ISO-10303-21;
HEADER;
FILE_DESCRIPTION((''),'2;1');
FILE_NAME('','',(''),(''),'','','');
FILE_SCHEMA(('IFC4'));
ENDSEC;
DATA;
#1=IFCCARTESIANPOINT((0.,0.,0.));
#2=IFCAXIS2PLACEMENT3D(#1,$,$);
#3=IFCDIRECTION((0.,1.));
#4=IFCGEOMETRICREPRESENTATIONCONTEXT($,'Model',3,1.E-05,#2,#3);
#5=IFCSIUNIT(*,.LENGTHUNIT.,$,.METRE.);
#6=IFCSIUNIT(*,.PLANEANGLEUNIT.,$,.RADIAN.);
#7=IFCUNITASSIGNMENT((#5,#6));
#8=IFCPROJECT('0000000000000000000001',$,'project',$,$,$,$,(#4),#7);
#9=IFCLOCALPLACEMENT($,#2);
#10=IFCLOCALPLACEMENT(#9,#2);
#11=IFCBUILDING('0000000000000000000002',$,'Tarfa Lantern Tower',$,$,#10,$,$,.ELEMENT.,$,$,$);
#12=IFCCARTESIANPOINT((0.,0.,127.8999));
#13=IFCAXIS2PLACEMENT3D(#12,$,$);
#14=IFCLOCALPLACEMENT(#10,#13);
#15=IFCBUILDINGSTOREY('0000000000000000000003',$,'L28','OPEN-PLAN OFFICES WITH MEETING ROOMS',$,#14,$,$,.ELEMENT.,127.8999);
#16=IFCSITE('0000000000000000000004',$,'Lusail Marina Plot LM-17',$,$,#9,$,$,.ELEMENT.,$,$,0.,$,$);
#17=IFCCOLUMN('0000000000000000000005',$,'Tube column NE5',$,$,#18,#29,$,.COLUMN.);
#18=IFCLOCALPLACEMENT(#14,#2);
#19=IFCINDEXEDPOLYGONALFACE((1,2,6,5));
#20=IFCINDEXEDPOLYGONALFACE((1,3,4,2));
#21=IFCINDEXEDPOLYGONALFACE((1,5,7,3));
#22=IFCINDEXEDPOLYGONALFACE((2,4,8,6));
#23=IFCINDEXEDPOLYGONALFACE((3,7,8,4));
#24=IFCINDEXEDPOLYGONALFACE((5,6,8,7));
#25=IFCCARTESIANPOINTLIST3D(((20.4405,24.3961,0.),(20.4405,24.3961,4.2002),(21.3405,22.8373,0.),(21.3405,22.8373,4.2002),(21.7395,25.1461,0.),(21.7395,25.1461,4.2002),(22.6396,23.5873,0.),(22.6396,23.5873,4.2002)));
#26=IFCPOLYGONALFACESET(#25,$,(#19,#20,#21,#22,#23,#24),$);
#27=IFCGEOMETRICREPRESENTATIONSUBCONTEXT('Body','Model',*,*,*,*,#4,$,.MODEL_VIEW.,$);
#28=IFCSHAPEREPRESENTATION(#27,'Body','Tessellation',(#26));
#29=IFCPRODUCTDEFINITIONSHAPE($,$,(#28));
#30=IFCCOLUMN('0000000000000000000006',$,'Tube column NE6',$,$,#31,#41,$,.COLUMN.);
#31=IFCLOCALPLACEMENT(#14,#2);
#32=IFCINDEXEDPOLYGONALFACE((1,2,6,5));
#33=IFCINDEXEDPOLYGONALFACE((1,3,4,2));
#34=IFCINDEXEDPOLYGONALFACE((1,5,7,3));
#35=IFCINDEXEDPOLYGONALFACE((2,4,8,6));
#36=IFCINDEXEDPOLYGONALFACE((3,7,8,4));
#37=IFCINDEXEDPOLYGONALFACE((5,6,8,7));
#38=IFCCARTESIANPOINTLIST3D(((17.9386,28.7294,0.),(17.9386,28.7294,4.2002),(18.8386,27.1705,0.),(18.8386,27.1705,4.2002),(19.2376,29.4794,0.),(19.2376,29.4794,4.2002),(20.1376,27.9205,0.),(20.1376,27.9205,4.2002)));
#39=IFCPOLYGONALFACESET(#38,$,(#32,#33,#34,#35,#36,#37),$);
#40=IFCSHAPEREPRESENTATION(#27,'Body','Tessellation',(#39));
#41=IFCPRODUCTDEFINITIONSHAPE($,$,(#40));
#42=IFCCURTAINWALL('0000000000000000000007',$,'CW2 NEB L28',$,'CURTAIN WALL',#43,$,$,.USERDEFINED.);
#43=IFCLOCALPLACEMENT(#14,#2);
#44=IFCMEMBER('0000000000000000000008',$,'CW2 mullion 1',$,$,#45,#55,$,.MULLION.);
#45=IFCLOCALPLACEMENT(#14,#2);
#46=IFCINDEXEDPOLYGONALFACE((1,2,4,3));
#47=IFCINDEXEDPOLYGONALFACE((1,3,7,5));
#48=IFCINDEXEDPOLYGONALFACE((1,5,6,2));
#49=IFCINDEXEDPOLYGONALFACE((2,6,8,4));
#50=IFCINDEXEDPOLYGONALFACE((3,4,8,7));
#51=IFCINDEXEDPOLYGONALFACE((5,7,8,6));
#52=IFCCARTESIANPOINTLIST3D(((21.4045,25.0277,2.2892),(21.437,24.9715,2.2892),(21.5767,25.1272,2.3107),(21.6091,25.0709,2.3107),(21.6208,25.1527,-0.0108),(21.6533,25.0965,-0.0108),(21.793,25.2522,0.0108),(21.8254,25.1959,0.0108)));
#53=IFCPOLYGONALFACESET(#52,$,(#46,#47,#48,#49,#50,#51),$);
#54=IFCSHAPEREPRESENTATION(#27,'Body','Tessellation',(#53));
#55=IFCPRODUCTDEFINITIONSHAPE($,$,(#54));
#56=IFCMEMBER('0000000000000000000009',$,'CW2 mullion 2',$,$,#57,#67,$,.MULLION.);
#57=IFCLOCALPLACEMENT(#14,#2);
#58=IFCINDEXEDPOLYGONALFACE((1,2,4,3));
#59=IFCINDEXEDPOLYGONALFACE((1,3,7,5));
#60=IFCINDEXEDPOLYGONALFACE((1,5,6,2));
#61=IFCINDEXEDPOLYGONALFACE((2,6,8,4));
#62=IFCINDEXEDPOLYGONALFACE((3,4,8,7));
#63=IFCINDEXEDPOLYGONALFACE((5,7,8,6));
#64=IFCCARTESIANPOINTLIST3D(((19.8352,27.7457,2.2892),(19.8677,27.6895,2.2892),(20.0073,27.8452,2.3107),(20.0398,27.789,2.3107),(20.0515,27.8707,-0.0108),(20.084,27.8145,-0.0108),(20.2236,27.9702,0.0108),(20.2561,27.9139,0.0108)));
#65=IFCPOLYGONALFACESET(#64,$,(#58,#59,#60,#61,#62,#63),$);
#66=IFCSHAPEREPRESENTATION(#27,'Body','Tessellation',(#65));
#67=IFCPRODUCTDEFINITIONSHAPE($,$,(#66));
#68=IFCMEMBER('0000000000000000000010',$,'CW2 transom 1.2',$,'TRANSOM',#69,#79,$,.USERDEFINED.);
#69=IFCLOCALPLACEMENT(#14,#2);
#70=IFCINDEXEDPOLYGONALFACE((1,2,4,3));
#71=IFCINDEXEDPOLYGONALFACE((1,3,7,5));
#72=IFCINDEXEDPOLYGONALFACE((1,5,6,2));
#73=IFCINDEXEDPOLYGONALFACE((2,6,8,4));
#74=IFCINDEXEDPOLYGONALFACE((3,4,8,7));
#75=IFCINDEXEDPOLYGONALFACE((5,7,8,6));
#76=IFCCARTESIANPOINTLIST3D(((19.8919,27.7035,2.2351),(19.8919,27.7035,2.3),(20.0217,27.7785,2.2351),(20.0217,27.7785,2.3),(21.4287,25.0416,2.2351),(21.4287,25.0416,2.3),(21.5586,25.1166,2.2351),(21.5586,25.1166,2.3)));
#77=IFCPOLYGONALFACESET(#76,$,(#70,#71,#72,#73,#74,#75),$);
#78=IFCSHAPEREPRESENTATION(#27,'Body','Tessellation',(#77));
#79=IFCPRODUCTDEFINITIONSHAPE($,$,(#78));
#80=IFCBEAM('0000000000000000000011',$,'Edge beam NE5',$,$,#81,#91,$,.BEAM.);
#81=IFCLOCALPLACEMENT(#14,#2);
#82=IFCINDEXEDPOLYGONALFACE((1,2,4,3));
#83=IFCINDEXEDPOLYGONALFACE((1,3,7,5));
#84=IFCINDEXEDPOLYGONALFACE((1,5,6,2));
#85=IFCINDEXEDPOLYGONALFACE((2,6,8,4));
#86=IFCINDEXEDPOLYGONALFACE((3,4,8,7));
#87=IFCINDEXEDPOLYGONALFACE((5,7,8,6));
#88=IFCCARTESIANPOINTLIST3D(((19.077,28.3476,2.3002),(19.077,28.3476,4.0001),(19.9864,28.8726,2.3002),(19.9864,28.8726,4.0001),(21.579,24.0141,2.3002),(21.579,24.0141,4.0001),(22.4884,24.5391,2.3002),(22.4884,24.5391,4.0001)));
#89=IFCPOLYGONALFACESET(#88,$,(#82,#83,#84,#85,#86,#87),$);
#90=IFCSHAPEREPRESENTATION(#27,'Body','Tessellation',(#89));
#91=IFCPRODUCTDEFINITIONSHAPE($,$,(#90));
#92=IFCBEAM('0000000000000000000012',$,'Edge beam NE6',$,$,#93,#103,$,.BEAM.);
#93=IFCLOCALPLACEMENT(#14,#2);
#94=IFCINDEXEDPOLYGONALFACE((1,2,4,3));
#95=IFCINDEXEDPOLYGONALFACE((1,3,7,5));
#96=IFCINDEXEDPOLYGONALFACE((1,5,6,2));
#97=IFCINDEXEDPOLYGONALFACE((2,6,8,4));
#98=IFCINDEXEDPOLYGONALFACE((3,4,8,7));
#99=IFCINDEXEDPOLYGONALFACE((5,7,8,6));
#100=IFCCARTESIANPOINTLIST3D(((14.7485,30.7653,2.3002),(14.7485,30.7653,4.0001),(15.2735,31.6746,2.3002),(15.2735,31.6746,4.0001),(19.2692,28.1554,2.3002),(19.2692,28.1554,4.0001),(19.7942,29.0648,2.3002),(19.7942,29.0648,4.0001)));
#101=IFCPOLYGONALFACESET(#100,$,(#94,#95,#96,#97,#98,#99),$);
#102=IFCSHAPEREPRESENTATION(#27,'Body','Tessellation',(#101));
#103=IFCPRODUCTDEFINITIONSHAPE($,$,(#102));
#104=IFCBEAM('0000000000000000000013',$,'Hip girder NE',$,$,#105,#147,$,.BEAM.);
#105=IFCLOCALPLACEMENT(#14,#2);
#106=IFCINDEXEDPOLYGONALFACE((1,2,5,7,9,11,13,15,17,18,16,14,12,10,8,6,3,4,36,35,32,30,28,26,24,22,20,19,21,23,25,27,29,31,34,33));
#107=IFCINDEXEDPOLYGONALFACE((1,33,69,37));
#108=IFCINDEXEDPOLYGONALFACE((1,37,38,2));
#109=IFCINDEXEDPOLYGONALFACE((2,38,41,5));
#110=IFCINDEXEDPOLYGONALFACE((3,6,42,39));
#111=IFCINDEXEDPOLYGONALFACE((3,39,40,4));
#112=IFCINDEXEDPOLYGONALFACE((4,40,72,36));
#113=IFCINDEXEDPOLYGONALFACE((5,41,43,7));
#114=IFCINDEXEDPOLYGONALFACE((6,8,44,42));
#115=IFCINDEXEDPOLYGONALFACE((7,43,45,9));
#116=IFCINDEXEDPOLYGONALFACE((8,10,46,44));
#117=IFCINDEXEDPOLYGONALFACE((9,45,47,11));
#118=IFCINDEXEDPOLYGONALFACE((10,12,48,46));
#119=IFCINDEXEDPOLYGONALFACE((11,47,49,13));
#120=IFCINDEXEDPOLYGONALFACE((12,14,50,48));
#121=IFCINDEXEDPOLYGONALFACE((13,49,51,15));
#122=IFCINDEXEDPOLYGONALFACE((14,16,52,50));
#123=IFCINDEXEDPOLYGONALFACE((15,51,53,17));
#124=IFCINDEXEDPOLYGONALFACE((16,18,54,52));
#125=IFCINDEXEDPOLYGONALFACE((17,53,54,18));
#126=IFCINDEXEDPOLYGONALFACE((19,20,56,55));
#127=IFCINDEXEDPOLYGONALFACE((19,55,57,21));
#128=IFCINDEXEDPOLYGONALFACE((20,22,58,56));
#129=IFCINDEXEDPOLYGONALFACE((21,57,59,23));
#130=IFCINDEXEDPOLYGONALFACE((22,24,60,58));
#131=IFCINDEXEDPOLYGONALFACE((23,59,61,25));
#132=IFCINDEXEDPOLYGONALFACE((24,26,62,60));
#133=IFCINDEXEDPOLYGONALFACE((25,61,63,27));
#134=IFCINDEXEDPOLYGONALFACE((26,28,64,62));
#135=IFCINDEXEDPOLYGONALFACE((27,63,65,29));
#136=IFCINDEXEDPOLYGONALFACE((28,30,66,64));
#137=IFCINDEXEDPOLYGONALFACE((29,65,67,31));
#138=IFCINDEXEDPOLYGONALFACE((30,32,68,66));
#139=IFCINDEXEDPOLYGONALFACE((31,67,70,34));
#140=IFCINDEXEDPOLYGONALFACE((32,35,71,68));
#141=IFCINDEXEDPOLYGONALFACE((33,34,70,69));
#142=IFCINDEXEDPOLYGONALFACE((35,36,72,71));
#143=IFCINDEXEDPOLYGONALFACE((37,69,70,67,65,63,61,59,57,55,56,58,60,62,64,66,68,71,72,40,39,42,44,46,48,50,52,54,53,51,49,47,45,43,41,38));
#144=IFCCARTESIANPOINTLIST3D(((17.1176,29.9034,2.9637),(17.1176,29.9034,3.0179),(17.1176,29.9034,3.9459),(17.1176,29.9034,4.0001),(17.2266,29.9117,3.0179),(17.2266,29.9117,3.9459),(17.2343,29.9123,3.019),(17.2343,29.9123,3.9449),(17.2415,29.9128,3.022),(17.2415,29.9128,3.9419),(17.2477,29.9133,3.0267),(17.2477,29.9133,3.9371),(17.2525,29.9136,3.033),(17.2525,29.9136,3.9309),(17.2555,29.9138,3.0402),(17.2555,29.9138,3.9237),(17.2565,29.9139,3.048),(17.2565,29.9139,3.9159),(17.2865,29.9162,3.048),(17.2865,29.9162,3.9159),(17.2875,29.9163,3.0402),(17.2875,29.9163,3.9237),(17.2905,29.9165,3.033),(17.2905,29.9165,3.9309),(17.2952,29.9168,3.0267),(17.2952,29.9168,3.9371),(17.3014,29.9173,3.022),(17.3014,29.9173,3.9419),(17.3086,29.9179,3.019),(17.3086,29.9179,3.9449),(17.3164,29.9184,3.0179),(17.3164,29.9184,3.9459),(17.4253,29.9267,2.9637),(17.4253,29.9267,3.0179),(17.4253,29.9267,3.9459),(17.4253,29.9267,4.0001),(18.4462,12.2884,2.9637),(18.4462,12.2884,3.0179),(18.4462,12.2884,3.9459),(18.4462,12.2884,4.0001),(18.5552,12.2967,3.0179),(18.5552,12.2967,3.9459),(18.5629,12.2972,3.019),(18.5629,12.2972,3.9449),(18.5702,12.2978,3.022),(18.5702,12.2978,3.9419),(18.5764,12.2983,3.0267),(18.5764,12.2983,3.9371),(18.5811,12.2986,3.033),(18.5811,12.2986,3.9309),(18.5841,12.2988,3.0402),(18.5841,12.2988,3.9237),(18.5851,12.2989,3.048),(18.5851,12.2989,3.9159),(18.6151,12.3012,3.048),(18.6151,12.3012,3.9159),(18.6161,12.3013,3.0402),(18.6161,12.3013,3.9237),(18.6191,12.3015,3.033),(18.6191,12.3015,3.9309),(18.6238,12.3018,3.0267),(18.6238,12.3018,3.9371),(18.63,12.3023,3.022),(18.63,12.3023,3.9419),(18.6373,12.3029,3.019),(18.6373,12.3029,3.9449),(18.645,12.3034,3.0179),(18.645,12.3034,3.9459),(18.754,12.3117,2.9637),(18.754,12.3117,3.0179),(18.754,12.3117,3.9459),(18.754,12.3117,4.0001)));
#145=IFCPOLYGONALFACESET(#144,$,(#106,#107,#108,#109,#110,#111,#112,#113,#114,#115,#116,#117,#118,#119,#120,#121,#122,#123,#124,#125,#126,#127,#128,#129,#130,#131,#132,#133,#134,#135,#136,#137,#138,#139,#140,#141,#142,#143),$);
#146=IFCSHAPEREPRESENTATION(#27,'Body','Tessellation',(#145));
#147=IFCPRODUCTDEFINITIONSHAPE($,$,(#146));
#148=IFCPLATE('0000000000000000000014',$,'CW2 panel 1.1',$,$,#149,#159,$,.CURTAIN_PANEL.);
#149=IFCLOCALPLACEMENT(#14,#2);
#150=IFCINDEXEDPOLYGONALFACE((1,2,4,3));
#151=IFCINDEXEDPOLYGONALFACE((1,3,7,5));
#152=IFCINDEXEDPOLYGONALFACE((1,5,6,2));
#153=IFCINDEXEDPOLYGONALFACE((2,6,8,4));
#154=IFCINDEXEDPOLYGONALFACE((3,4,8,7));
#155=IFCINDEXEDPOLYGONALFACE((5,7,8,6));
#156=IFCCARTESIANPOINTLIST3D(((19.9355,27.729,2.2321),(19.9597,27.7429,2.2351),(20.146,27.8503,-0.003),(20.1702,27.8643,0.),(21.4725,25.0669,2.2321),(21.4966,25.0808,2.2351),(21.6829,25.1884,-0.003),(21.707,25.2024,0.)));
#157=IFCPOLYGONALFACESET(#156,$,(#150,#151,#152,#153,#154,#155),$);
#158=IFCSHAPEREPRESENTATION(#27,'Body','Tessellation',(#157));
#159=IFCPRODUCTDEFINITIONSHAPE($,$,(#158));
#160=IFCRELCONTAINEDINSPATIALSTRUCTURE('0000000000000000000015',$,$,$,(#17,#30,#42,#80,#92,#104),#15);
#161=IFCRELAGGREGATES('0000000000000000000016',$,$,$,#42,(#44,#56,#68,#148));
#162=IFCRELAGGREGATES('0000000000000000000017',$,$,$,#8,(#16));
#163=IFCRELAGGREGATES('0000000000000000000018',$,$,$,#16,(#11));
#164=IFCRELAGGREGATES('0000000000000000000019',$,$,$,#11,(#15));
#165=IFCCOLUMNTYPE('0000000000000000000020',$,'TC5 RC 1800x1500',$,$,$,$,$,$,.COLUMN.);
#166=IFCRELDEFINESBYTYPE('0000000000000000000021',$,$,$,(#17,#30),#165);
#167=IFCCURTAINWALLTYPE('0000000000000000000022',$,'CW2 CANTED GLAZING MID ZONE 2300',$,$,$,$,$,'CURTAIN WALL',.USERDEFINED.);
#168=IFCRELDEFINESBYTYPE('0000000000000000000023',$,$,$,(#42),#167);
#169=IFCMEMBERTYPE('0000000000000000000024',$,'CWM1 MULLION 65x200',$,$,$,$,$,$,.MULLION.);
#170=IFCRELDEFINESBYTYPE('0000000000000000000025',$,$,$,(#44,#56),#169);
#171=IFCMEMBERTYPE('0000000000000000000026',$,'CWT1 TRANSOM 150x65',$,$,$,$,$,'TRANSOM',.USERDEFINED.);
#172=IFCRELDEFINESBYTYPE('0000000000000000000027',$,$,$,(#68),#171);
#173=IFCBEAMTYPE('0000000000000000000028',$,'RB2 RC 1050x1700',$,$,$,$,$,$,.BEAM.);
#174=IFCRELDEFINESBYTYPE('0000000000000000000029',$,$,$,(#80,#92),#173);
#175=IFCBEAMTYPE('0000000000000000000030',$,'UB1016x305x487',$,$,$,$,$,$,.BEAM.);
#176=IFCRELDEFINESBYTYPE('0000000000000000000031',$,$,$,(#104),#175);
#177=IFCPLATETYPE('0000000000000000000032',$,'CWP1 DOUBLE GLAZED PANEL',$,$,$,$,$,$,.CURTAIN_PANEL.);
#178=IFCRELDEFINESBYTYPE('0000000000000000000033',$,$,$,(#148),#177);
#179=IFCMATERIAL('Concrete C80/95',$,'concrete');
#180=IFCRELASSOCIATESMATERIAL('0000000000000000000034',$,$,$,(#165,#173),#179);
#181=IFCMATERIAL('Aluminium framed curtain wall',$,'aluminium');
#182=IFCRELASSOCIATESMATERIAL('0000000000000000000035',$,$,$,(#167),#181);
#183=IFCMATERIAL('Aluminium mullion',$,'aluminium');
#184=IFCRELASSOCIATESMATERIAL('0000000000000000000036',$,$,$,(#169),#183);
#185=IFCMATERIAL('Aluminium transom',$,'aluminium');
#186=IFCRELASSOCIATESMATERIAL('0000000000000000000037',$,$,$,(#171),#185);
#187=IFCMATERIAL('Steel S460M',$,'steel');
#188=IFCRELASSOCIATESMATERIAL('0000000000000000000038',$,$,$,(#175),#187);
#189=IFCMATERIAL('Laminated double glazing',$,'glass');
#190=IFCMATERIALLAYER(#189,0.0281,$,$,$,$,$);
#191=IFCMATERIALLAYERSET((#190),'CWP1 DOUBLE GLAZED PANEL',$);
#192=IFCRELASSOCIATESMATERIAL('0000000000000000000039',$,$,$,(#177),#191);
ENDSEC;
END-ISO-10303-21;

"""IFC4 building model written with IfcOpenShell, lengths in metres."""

from ifc_helpers import new_model, si_unit, direction, frame, origin, origin_2d, place, context, subcontext, project, spatial, polyline, rectangle, i_section, outline, extrude, material, layer, layer_set, material_profile, profile_set, type_object, element, aggregate, save


model = new_model("IFC4")

# Units and contexts
model_context = context("Model", 3, precision=1e-05, world=origin(), true_north=direction((0.0, 1.0)))
body_context = subcontext(model_context, "Body", "Model", "MODEL_VIEW")
ifc_project = project(units=[si_unit("LENGTHUNIT", "METRE"), si_unit("PLANEANGLEUNIT", "RADIAN")], contexts=[model_context])

# Site, building, storey
site_placement = place(None, origin())
site = spatial("IfcSite", under=ifc_project, at=site_placement, Name="Lusail Marina Plot LM-17", CompositionType="ELEMENT", RefElevation=0.0)
building_placement = place(site_placement, origin())
building = spatial("IfcBuilding", under=site, at=building_placement, Name="Tarfa Lantern Tower", CompositionType="ELEMENT")
storey_placement = place(building_placement, frame((0.0, 0.0, 127.8999)))
storey = spatial("IfcBuildingStorey", under=building, at=storey_placement, Name="L28", Description="OPEN-PLAN OFFICES WITH MEETING ROOMS", CompositionType="ELEMENT", Elevation=127.8999)

# Columns
ifc_material_1 = material(Name="Concrete C80/95", Category="concrete")
ifc_material_profile_1 = material_profile(ifc_material_1, rectangle(XDim=1.8, YDim=1.5, at=origin_2d()), Name="RC 1800x1500")
ifc_profile_set_1 = profile_set([ifc_material_profile_1], Name="Concrete C80/95")
column_type = type_object("IfcColumnType", Name="TC5 RC 1800x1500", PredefinedType="COLUMN", material=ifc_profile_set_1)
for number, where, z_axis, x_axis, name in (
    (1, (21.54, 23.9917, 0.0), (0.0, 0.0, 1.0), (-0.5, 0.866025, 0.0), "Tube column NE5"),
    (2, (19.0381, 28.325, 0.0), (0.0, 0.0, 1.0), (-0.5, 0.866025, 0.0), "Tube column NE6"),
):
    element("IfcColumn", number, at=place(storey_placement, frame(where, z_axis=z_axis, x_axis=x_axis)), inside=storey, type_object=column_type, Name=name, PredefinedType="COLUMN", context=body_context, shape_type="SweptSolid", body=[
        extrude(rectangle(XDim=1.8, YDim=1.5, at=origin_2d()), origin(), (0.0, 0.0, 1.0), 4.2002),
    ])

# Curtain wall, members
ifc_material_2 = material(Name="Aluminium framed curtain wall", Category="aluminium")
curtain_wall_type = type_object("IfcCurtainWallType", Name="CW2 CANTED GLAZING MID ZONE 2300", ElementType="CURTAIN WALL", PredefinedType="USERDEFINED", material=ifc_material_2)
curtain_wall_placement = place(storey_placement, origin())
curtain_wall = element("IfcCurtainWall", 3, at=curtain_wall_placement, inside=storey, type_object=curtain_wall_type, Name="CW2 NEB L28", ObjectType="CURTAIN WALL", PredefinedType="USERDEFINED")
ifc_material_3 = material(Name="Aluminium mullion", Category="aluminium")
ifc_material_profile_2 = material_profile(ifc_material_3, rectangle(XDim=0.0649, YDim=0.2, at=origin_2d()), Name="AL MULLION 65x200")
ifc_profile_set_2 = profile_set([ifc_material_profile_2], Name="Aluminium mullion")
member_type_1 = type_object("IfcMemberType", Name="CWM1 MULLION 65x200", PredefinedType="MULLION", material=ifc_profile_set_2)
member_1_placement = place(storey_placement, frame((21.7231, 25.1743, 0.0), z_axis=(-0.093495, -0.054029, 0.994153), x_axis=(0.500343, -0.865827, 0.0)))
member_1 = element("IfcMember", 4, at=member_1_placement, type_object=member_type_1, Name="CW2 mullion 1", PredefinedType="MULLION", context=body_context, shape_type="SweptSolid", body=[
    extrude(rectangle(XDim=0.0649, YDim=0.2, at=origin_2d()), origin(), (0.0, 0.0, 1.0), 2.3135),
])
member_2_placement = place(storey_placement, frame((20.1538, 27.8923, 0.0), z_axis=(-0.093495, -0.054029, 0.994153), x_axis=(0.500343, -0.865827, 0.0)))
member_2 = element("IfcMember", 5, at=member_2_placement, type_object=member_type_1, Name="CW2 mullion 2", PredefinedType="MULLION", context=body_context, shape_type="SweptSolid", body=[
    extrude(rectangle(XDim=0.0649, YDim=0.2, at=origin_2d()), origin(), (0.0, 0.0, 1.0), 2.3135),
])
ifc_material_4 = material(Name="Aluminium transom", Category="aluminium")
ifc_material_profile_3 = material_profile(ifc_material_4, rectangle(XDim=0.1499, YDim=0.0649, at=origin_2d()), Name="AL TRANSOM 150x65")
ifc_profile_set_3 = profile_set([ifc_material_profile_3], Name="Aluminium transom")
member_type_2 = type_object("IfcMemberType", Name="CWT1 TRANSOM 150x65", ElementType="TRANSOM", PredefinedType="USERDEFINED", material=ifc_profile_set_3)
member_3_placement = place(storey_placement, frame((21.4937, 25.0791, 2.2676), z_axis=(-0.500009, 0.86602, 0.0), x_axis=(-0.86602, -0.500009, 0.0)))
member_3 = element("IfcMember", 6, at=member_3_placement, type_object=member_type_2, Name="CW2 transom 1.2", ObjectType="TRANSOM", PredefinedType="USERDEFINED", context=body_context, shape_type="SweptSolid", body=[
    extrude(rectangle(XDim=0.1499, YDim=0.0649, at=origin_2d()), origin(), (0.0, 0.0, 1.0), 3.0737),
])

# Beams
ifc_material_profile_4 = material_profile(ifc_material_1, rectangle(XDim=1.05, YDim=1.7, at=origin_2d()), Name="RC 1050x1700")
ifc_profile_set_4 = profile_set([ifc_material_profile_4], Name="Concrete C80/95")
beam_type_1 = type_object("IfcBeamType", Name="RB2 RC 1050x1700", PredefinedType="BEAM", material=ifc_profile_set_4)
beam_1_placement = place(storey_placement, frame((22.0337, 24.2766, 3.1501), z_axis=(-0.500001, 0.866025, 0.0), x_axis=(-0.866025, -0.500001, 0.0)))
element("IfcBeam", 7, at=beam_1_placement, inside=storey, type_object=beam_type_1, Name="Edge beam NE5", PredefinedType="BEAM", context=body_context, shape_type="SweptSolid", body=[
    extrude(rectangle(XDim=1.05, YDim=1.7, at=origin_2d()), origin(), (0.0, 0.0, 1.0), 5.0039),
])
beam_2_placement = place(storey_placement, frame((19.5317, 28.6101, 3.1501), z_axis=(-0.866042, 0.499972, 0.0), x_axis=(-0.499972, -0.866042, 0.0)))
element("IfcBeam", 8, at=beam_2_placement, inside=storey, type_object=beam_type_1, Name="Edge beam NE6", PredefinedType="BEAM", context=body_context, shape_type="SweptSolid", body=[
    extrude(rectangle(XDim=1.05, YDim=1.7, at=origin_2d()), origin(), (0.0, 0.0, 1.0), 5.22),
])
ifc_material_5 = material(Name="Steel S460M", Category="steel")
ifc_material_profile_5 = material_profile(ifc_material_5, i_section(OverallWidth=0.3086, OverallDepth=1.0364, WebThickness=0.03, FlangeThickness=0.0542, FilletRadius=0.03, at=origin_2d()), Name="UB1016x305x487")
ifc_profile_set_5 = profile_set([ifc_material_profile_5], Name="Steel S460M")
beam_type_2 = type_object("IfcBeamType", Name="UB1016x305x487", PredefinedType="BEAM", material=ifc_profile_set_5)
beam_3_placement = place(storey_placement, frame((18.6001, 12.3, 3.4819), z_axis=(-0.075212, 0.997168, 0.0), x_axis=(-0.997168, -0.075212, 0.0)))
element("IfcBeam", 9, at=beam_3_placement, inside=storey, type_object=beam_type_2, Name="Hip girder NE", PredefinedType="BEAM", context=body_context, shape_type="SweptSolid", body=[
    extrude(i_section(OverallWidth=0.3086, OverallDepth=1.0364, WebThickness=0.03, FlangeThickness=0.0542, FilletRadius=0.03, at=origin_2d()), origin(), (0.0, 0.0, 1.0), 17.665),
])

# Plate
ifc_material_6 = material(Name="Laminated double glazing", Category="glass")
ifc_layer_1 = layer(ifc_material_6, 0.0281)
ifc_layer_set_1 = layer_set([ifc_layer_1], Name="CWP1 DOUBLE GLAZED PANEL")
plate_type = type_object("IfcPlateType", Name="CWP1 DOUBLE GLAZED PANEL", PredefinedType="CURTAIN_PANEL", material=ifc_layer_set_1)
plate_placement = place(storey_placement, frame((21.707, 25.2024, 0.0), z_axis=(0.860958, 0.497063, 0.108076), x_axis=(-0.499992, 0.86603, 0.000002)))
plate = element("IfcPlate", 10, at=plate_placement, type_object=plate_type, Name="CW2 panel 1.1", PredefinedType="CURTAIN_PANEL", context=body_context, shape_type="SweptSolid", body=[
    extrude(outline(polyline([(0.0, 0.0), (3.0737, 0.0), (3.0738, 2.2483), (-0.0001, 2.2483), (0.0, 0.0)])), origin(), (0.0, 0.0, -1.0), 0.0281),
])
aggregate(curtain_wall, [member_1, member_2, member_3, plate])

save(model, "model.ifc")
